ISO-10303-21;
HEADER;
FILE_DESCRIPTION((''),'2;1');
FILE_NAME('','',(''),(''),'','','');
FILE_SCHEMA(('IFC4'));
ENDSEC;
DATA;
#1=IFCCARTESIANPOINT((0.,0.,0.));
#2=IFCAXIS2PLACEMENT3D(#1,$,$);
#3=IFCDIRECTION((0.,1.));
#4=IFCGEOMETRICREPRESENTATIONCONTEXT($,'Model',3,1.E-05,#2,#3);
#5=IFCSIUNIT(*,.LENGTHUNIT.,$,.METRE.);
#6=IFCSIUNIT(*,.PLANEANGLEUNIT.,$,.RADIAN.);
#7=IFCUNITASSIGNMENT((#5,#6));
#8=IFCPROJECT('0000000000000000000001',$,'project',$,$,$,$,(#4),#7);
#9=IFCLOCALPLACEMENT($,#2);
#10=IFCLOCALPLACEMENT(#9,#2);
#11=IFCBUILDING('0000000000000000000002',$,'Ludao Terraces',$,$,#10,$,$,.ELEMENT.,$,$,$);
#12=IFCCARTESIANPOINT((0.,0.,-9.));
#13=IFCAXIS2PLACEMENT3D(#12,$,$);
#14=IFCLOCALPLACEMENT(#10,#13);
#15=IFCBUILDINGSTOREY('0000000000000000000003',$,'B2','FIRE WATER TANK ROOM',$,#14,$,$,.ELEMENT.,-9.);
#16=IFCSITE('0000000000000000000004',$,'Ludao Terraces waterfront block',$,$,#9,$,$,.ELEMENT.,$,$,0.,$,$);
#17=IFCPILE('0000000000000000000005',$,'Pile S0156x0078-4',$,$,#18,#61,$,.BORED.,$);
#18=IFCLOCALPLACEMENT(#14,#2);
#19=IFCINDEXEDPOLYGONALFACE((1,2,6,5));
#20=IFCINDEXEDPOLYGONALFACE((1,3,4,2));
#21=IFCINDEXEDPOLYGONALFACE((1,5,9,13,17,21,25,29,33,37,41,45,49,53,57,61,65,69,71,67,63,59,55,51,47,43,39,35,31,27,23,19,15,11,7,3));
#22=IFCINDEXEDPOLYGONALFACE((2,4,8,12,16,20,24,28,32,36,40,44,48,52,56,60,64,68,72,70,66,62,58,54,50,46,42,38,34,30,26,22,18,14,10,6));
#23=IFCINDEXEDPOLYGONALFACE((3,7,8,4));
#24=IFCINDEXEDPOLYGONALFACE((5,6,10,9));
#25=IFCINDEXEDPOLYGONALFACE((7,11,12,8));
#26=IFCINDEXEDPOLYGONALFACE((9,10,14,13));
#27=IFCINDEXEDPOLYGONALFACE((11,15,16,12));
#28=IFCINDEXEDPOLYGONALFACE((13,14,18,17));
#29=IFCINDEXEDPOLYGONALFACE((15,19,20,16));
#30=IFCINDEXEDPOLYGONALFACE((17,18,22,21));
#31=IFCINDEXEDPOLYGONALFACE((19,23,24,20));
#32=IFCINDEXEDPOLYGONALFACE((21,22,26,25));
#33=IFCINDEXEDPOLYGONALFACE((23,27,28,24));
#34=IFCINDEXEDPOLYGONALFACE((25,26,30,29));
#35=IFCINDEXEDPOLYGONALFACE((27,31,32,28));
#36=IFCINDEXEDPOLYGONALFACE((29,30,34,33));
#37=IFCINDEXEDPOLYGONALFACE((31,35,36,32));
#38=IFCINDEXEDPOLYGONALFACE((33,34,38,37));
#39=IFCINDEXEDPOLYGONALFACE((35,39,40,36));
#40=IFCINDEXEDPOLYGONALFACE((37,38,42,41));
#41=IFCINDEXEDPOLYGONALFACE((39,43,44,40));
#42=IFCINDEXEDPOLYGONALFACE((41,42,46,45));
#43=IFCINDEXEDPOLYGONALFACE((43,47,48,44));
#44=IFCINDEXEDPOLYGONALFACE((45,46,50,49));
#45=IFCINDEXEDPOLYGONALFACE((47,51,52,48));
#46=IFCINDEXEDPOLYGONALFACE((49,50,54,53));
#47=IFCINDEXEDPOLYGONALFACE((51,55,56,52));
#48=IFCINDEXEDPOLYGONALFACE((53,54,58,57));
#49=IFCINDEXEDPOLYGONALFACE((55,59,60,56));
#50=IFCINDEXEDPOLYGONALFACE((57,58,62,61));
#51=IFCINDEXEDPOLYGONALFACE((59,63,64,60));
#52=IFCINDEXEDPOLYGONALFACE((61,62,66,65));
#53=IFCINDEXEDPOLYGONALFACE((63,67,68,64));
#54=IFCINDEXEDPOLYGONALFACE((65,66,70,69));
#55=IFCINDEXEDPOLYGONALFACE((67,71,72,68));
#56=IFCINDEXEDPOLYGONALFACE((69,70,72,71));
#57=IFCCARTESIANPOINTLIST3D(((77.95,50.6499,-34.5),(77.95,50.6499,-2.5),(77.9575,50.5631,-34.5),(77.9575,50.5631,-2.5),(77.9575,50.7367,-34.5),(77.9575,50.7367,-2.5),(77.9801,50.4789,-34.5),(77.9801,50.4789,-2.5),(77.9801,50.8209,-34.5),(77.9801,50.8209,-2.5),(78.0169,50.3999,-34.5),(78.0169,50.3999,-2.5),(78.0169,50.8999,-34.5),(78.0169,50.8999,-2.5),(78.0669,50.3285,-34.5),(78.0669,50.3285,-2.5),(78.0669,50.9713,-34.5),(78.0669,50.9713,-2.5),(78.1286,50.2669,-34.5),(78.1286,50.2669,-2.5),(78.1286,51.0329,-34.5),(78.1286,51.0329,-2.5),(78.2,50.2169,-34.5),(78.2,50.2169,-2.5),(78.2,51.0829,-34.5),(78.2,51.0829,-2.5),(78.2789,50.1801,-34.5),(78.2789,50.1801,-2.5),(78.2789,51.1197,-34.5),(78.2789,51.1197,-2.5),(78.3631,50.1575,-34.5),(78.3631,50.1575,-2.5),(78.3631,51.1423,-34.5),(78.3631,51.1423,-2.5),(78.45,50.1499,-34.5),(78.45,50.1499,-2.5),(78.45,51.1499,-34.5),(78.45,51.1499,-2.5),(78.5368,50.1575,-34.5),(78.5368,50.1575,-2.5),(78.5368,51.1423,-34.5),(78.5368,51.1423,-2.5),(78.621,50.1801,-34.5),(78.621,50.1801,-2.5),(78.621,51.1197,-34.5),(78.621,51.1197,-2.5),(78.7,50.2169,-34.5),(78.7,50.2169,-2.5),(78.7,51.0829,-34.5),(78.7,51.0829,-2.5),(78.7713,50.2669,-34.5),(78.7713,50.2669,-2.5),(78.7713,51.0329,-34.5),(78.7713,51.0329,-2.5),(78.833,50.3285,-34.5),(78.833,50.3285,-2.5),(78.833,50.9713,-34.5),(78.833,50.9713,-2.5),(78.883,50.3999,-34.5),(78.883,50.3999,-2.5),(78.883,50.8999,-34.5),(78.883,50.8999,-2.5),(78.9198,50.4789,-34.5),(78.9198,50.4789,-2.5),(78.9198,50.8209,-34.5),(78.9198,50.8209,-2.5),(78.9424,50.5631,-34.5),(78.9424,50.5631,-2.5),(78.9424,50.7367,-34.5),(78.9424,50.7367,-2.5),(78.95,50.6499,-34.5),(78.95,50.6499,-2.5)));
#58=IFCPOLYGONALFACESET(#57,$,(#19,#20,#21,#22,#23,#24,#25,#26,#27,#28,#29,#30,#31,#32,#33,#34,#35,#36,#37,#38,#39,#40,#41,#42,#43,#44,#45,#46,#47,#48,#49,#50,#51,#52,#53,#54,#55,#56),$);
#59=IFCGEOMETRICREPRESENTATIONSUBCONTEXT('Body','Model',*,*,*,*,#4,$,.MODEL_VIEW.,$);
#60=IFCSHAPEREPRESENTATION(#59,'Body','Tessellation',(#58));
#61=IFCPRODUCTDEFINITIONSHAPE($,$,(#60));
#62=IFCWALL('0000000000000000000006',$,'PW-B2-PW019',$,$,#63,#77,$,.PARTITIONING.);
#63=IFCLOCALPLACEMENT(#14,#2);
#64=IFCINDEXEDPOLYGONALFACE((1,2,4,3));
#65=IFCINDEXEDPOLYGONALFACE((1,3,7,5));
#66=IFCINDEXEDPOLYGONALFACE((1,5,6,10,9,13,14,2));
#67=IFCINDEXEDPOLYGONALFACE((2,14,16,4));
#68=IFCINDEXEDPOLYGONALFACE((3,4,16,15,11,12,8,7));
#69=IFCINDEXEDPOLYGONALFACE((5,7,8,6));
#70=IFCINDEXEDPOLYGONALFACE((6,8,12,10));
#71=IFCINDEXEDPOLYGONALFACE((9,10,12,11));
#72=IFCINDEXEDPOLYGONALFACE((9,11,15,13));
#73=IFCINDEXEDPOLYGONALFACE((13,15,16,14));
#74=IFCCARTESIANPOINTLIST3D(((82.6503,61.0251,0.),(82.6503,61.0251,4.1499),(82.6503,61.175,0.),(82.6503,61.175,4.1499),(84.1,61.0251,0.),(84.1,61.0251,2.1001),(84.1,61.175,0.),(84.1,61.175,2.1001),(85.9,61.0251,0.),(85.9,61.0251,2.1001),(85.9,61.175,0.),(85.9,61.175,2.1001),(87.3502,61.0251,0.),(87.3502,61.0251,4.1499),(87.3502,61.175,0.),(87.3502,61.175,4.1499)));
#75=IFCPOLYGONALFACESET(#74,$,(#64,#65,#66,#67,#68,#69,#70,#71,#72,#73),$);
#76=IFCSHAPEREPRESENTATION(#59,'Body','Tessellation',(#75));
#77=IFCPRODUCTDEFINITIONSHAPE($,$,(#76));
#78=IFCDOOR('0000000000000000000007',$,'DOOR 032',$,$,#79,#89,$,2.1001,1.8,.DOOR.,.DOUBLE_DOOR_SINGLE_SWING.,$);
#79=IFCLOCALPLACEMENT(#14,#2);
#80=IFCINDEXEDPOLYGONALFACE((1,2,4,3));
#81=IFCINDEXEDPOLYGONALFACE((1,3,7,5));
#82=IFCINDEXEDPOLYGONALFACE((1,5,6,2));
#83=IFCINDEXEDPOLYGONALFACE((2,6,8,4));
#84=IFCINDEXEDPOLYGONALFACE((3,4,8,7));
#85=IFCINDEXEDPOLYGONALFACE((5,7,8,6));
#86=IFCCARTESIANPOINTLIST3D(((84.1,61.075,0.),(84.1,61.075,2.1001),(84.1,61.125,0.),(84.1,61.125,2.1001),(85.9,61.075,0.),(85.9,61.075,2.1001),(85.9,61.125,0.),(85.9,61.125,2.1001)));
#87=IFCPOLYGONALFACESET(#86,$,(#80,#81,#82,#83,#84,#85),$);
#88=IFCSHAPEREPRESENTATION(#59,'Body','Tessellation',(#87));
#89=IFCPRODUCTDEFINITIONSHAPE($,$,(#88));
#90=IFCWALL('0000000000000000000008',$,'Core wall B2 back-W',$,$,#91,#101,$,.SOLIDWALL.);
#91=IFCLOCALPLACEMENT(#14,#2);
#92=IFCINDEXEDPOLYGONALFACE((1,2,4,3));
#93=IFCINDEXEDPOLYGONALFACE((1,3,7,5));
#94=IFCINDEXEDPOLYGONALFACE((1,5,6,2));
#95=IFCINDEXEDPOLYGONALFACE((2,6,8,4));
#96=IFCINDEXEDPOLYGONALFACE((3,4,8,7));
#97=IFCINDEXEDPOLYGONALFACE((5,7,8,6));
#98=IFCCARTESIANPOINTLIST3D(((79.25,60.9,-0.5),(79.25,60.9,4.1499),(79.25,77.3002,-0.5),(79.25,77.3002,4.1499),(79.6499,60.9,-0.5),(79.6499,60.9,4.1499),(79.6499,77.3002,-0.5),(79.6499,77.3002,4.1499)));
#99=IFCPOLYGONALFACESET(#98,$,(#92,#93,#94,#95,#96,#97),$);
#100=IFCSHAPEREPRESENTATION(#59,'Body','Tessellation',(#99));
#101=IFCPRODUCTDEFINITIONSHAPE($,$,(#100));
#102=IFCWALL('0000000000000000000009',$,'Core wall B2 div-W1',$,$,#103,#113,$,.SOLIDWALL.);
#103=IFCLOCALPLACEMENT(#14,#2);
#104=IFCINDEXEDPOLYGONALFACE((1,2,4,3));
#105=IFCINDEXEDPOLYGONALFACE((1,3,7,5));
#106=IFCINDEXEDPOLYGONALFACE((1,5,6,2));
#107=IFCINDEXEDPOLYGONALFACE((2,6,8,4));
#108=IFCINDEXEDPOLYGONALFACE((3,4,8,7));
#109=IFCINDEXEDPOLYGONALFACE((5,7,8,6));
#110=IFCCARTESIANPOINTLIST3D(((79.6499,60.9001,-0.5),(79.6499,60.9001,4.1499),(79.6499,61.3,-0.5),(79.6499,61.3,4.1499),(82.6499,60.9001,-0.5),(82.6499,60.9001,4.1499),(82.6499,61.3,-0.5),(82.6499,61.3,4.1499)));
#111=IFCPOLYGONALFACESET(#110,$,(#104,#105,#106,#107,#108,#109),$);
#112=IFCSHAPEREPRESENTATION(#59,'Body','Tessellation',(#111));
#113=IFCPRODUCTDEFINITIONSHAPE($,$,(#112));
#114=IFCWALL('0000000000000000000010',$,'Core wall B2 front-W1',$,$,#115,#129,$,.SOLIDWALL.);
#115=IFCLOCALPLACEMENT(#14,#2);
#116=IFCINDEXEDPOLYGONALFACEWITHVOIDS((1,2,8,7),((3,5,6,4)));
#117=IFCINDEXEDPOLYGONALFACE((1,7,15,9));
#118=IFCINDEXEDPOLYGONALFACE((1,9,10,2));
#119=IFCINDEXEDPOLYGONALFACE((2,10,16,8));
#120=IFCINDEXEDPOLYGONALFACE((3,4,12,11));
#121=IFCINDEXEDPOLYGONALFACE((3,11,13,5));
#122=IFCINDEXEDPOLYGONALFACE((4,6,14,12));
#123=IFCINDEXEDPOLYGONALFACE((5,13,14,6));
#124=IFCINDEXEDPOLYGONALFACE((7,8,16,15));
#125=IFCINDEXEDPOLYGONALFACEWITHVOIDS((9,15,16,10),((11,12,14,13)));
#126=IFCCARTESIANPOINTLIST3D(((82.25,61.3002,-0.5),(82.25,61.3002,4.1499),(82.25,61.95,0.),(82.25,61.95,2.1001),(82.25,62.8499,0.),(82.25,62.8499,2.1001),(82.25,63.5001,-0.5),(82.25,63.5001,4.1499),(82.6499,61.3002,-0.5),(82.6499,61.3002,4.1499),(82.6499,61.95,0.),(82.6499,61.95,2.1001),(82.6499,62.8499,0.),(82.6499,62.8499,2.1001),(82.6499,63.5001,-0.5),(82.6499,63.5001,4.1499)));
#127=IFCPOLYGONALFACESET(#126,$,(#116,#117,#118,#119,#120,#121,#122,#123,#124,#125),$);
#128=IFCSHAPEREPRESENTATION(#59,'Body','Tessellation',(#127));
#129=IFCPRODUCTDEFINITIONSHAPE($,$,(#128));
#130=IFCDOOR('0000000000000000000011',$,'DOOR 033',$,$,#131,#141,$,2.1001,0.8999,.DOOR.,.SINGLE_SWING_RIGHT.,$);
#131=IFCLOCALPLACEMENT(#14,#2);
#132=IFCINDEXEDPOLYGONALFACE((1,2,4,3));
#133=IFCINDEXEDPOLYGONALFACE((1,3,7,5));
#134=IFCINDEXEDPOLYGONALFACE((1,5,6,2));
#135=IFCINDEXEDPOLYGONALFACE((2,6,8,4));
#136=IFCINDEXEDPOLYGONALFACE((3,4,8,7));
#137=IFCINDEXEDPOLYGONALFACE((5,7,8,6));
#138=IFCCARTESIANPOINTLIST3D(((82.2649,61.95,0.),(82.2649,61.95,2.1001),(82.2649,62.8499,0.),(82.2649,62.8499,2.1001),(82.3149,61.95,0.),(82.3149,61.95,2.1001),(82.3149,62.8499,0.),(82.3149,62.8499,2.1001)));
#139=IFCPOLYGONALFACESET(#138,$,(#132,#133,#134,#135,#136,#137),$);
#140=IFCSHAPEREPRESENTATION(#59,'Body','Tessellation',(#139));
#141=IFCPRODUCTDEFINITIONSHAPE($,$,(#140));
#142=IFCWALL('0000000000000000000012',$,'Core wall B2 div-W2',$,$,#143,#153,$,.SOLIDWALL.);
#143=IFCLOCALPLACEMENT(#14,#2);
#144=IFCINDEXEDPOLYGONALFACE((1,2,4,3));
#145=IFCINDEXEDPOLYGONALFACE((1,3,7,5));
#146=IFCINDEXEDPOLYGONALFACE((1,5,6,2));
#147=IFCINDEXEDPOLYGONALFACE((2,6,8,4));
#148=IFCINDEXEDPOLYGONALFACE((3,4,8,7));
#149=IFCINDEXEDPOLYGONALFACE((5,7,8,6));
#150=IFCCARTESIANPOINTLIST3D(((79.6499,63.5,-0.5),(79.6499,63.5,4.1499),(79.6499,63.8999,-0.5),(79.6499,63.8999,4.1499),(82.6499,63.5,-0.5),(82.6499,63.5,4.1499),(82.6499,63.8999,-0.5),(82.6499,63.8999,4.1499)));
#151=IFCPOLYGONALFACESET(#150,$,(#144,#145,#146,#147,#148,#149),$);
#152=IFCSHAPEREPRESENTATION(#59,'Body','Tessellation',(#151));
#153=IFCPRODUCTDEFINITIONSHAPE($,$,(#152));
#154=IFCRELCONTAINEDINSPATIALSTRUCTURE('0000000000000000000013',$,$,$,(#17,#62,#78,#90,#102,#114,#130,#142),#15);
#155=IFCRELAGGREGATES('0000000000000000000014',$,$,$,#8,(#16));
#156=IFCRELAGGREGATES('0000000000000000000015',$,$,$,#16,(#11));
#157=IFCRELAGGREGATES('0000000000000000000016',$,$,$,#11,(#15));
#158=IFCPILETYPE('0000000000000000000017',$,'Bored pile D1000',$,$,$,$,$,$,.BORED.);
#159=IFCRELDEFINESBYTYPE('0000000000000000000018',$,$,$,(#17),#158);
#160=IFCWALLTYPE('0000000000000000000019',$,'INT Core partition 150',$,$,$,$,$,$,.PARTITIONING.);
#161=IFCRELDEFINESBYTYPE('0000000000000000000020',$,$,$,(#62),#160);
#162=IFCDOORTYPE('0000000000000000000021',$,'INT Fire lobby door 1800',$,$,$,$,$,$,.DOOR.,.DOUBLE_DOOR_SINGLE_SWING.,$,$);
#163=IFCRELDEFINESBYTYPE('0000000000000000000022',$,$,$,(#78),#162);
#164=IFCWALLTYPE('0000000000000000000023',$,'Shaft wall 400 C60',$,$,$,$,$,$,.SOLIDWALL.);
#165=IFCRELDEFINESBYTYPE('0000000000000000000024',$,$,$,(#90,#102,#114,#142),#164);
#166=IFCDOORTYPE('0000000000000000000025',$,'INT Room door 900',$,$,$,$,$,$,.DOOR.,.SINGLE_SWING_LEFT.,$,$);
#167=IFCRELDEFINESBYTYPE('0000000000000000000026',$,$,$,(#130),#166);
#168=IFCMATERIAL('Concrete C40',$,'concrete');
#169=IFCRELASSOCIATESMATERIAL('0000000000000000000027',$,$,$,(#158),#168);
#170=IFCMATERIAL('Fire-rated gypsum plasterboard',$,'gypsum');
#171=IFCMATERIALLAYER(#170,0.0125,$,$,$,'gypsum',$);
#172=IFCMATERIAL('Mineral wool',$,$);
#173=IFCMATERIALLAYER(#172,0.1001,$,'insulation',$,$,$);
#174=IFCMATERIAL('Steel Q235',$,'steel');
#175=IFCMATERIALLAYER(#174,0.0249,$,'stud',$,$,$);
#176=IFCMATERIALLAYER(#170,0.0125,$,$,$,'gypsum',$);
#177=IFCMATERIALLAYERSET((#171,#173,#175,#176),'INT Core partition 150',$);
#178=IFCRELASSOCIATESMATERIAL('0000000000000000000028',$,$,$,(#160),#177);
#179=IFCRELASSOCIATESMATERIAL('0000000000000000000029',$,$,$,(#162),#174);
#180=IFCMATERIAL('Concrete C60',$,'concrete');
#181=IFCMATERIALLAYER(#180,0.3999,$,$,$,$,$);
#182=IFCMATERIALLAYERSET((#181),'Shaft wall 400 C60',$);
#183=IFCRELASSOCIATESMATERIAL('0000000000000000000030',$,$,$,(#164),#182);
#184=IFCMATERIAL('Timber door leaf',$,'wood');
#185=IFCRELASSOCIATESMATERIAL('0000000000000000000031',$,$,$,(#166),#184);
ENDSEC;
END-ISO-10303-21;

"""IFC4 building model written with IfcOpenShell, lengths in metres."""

from ifc_helpers import new_model, si_unit, direction, frame, frame_2d, origin, origin_2d, place, context, subcontext, project, spatial, rectangle, circle, extrude, material, layer, layer_set, material_profile, profile_set, type_object, element, fill, save


model = new_model("IFC4")

# Units and contexts
model_context = context("Model", 3, precision=1e-05, world=origin(), true_north=direction((0.0, 1.0)))
body_context = subcontext(model_context, "Body", "Model", "MODEL_VIEW")
ifc_project = project(units=[si_unit("LENGTHUNIT", "METRE"), si_unit("PLANEANGLEUNIT", "RADIAN")], contexts=[model_context])

# Site, building, storey
site_placement = place(None, origin())
site = spatial("IfcSite", under=ifc_project, at=site_placement, Name="Ludao Terraces waterfront block", CompositionType="ELEMENT", RefElevation=0.0)
building_placement = place(site_placement, origin())
building = spatial("IfcBuilding", under=site, at=building_placement, Name="Ludao Terraces", CompositionType="ELEMENT")
storey_placement = place(building_placement, frame((0.0, 0.0, -9.0)))
storey = spatial("IfcBuildingStorey", under=building, at=storey_placement, Name="B2", Description="FIRE WATER TANK ROOM", CompositionType="ELEMENT", Elevation=-9.0)

# Pile
ifc_material_1 = material(Name="Concrete C40", Category="concrete")
ifc_material_profile = material_profile(ifc_material_1, circle(Radius=0.5, at=origin_2d()), Name="D1000 BORED PILE")
ifc_profile_set = profile_set([ifc_material_profile], Name="Concrete C40")
pile_type = type_object("IfcPileType", Name="Bored pile D1000", PredefinedType="BORED", material=ifc_profile_set)
for number, where, z_axis, x_axis, name in (
    (1, (78.45, 50.6499, -2.5), (0.0, 0.0, -1.0), (1.0, 0.0, 0.0), "Pile S0156x0078-4"),
):
    element("IfcPile", number, at=place(storey_placement, frame(where, z_axis=z_axis, x_axis=x_axis)), inside=storey, type_object=pile_type, Name=name, PredefinedType="BORED", context=body_context, shape_type="SweptSolid", body=[
        extrude(circle(Radius=0.5, at=origin_2d()), origin(), (0.0, 0.0, 1.0), 32.0),
    ])

# Wall, opening, door
ifc_material_2 = material(Name="Fire-rated gypsum plasterboard", Category="gypsum")
ifc_layer_1 = layer(ifc_material_2, 0.0125, Category="gypsum")
ifc_material_3 = material(Name="Mineral wool")
ifc_layer_2 = layer(ifc_material_3, 0.1001, Name="insulation")
ifc_material_4 = material(Name="Steel Q235", Category="steel")
ifc_layer_3 = layer(ifc_material_4, 0.0249, Name="stud")
ifc_layer_4 = layer(ifc_material_2, 0.0125, Category="gypsum")
ifc_layer_set_1 = layer_set([ifc_layer_1, ifc_layer_2, ifc_layer_3, ifc_layer_4], Name="INT Core partition 150")
wall_type_1 = type_object("IfcWallType", Name="INT Core partition 150", PredefinedType="PARTITIONING", material=ifc_layer_set_1)
wall_1_placement = place(storey_placement, frame((82.6501, 61.1001, 0.0), z_axis=(0.0, 0.0, 1.0), x_axis=(1.0, 0.0, 0.0)))
wall_1 = element("IfcWall", 2, at=wall_1_placement, inside=storey, type_object=wall_type_1, Name="PW-B2-PW019", PredefinedType="PARTITIONING", context=body_context, shape_type="SweptSolid", body=[
    extrude(rectangle(XDim=4.7, YDim=0.1499, at=frame_2d((2.3501, 0.0))), origin(), (0.0, 0.0, 1.0), 4.1499),
])
opening_1_placement = place(wall_1_placement, frame((1.45, 0.0, 0.0)))
opening_1 = element("IfcOpeningElement", 3, at=opening_1_placement, cuts=wall_1, PredefinedType="OPENING", context=body_context, shape_type="SweptSolid", body=[
    extrude(rectangle(XDim=1.8, YDim=2.1001, at=frame_2d((0.8999, 1.05))), frame((0.0, 0.085, 0.0), z_axis=(0.0, -1.0, 0.0), x_axis=(1.0, 0.0, 0.0)), (0.0, 0.0, 1.0), 0.1699),
])
door_type_1 = type_object("IfcDoorType", Name="INT Fire lobby door 1800", OperationType="DOUBLE_DOOR_SINGLE_SWING", PredefinedType="DOOR", material=ifc_material_4)
door_1_placement = place(opening_1_placement, origin())
door_1 = element("IfcDoor", 4, at=door_1_placement, inside=storey, type_object=door_type_1, Name="DOOR 032", OperationType="DOUBLE_DOOR_SINGLE_SWING", OverallHeight=2.1001, OverallWidth=1.8, PredefinedType="DOOR", context=body_context, shape_type="SweptSolid", body=[
    extrude(rectangle(XDim=1.8, YDim=2.1001, at=frame_2d((0.8999, 1.05))), frame((0.0, 0.0249, 0.0), z_axis=(0.0, -1.0, 0.0), x_axis=(1.0, 0.0, 0.0)), (0.0, 0.0, 1.0), 0.05),
])
fill(opening_1, door_1)

# Walls
ifc_material_5 = material(Name="Concrete C60", Category="concrete")
ifc_layer_5 = layer(ifc_material_5, 0.3999)
ifc_layer_set_2 = layer_set([ifc_layer_5], Name="Shaft wall 400 C60")
wall_type_2 = type_object("IfcWallType", Name="Shaft wall 400 C60", PredefinedType="SOLIDWALL", material=ifc_layer_set_2)
wall_2_placement = place(storey_placement, frame((79.45, 60.8999, -0.5), z_axis=(0.0, 0.0, 1.0), x_axis=(0.0, 1.0, 0.0)))
element("IfcWall", 5, at=wall_2_placement, inside=storey, type_object=wall_type_2, Name="Core wall B2 back-W", PredefinedType="SOLIDWALL", context=body_context, shape_type="SweptSolid", body=[
    extrude(rectangle(XDim=16.4001, YDim=0.3999, at=frame_2d((8.2002, 0.0))), origin(), (0.0, 0.0, 1.0), 4.6499),
])
wall_3_placement = place(storey_placement, frame((79.6499, 61.1001, -0.5), z_axis=(0.0, 0.0, 1.0), x_axis=(1.0, 0.0, 0.0)))
element("IfcWall", 6, at=wall_3_placement, inside=storey, type_object=wall_type_2, Name="Core wall B2 div-W1", PredefinedType="SOLIDWALL", context=body_context, shape_type="SweptSolid", body=[
    extrude(rectangle(XDim=3.0, YDim=0.3999, at=frame_2d((1.5, 0.0))), origin(), (0.0, 0.0, 1.0), 4.6499),
])

# Wall, opening, door
wall_4_placement = place(storey_placement, frame((82.45, 61.3, -0.5), z_axis=(0.0, 0.0, 1.0), x_axis=(0.0, 1.0, 0.0)))
wall_4 = element("IfcWall", 7, at=wall_4_placement, inside=storey, type_object=wall_type_2, Name="Core wall B2 front-W1", PredefinedType="SOLIDWALL", context=body_context, shape_type="SweptSolid", body=[
    extrude(rectangle(XDim=2.2, YDim=0.3999, at=frame_2d((1.1001, 0.0))), origin(), (0.0, 0.0, 1.0), 4.6499),
])
opening_2_placement = place(wall_4_placement, frame((0.6499, 0.0, 0.5)))
opening_2 = element("IfcOpeningElement", 8, at=opening_2_placement, cuts=wall_4, PredefinedType="OPENING", context=body_context, shape_type="SweptSolid", body=[
    extrude(rectangle(XDim=0.8999, YDim=2.1001, at=frame_2d((0.45, 1.05))), frame((0.0, 0.21, 0.0), z_axis=(0.0, -1.0, 0.0), x_axis=(1.0, 0.0, 0.0)), (0.0, 0.0, 1.0), 0.4199),
])
ifc_material_6 = material(Name="Timber door leaf", Category="wood")
door_type_2 = type_object("IfcDoorType", Name="INT Room door 900", OperationType="SINGLE_SWING_LEFT", PredefinedType="DOOR", material=ifc_material_6)
door_2_placement = place(opening_2_placement, origin())
door_2 = element("IfcDoor", 9, at=door_2_placement, inside=storey, type_object=door_type_2, Name="DOOR 033", OperationType="SINGLE_SWING_RIGHT", OverallHeight=2.1001, OverallWidth=0.8999, PredefinedType="DOOR", context=body_context, shape_type="SweptSolid", body=[
    extrude(rectangle(XDim=0.8999, YDim=2.1001, at=frame_2d((0.45, 1.05))), frame((0.0, 0.1851, 0.0), z_axis=(0.0, -1.0, 0.0), x_axis=(1.0, 0.0, 0.0)), (0.0, 0.0, 1.0), 0.05),
])
fill(opening_2, door_2)

# Wall
wall_5_placement = place(storey_placement, frame((79.6499, 63.7, -0.5), z_axis=(0.0, 0.0, 1.0), x_axis=(1.0, 0.0, 0.0)))
element("IfcWall", 10, at=wall_5_placement, inside=storey, type_object=wall_type_2, Name="Core wall B2 div-W2", PredefinedType="SOLIDWALL", context=body_context, shape_type="SweptSolid", body=[
    extrude(rectangle(XDim=3.0, YDim=0.3999, at=frame_2d((1.5, 0.0))), origin(), (0.0, 0.0, 1.0), 4.6499),
])

save(model, "model.ifc")
